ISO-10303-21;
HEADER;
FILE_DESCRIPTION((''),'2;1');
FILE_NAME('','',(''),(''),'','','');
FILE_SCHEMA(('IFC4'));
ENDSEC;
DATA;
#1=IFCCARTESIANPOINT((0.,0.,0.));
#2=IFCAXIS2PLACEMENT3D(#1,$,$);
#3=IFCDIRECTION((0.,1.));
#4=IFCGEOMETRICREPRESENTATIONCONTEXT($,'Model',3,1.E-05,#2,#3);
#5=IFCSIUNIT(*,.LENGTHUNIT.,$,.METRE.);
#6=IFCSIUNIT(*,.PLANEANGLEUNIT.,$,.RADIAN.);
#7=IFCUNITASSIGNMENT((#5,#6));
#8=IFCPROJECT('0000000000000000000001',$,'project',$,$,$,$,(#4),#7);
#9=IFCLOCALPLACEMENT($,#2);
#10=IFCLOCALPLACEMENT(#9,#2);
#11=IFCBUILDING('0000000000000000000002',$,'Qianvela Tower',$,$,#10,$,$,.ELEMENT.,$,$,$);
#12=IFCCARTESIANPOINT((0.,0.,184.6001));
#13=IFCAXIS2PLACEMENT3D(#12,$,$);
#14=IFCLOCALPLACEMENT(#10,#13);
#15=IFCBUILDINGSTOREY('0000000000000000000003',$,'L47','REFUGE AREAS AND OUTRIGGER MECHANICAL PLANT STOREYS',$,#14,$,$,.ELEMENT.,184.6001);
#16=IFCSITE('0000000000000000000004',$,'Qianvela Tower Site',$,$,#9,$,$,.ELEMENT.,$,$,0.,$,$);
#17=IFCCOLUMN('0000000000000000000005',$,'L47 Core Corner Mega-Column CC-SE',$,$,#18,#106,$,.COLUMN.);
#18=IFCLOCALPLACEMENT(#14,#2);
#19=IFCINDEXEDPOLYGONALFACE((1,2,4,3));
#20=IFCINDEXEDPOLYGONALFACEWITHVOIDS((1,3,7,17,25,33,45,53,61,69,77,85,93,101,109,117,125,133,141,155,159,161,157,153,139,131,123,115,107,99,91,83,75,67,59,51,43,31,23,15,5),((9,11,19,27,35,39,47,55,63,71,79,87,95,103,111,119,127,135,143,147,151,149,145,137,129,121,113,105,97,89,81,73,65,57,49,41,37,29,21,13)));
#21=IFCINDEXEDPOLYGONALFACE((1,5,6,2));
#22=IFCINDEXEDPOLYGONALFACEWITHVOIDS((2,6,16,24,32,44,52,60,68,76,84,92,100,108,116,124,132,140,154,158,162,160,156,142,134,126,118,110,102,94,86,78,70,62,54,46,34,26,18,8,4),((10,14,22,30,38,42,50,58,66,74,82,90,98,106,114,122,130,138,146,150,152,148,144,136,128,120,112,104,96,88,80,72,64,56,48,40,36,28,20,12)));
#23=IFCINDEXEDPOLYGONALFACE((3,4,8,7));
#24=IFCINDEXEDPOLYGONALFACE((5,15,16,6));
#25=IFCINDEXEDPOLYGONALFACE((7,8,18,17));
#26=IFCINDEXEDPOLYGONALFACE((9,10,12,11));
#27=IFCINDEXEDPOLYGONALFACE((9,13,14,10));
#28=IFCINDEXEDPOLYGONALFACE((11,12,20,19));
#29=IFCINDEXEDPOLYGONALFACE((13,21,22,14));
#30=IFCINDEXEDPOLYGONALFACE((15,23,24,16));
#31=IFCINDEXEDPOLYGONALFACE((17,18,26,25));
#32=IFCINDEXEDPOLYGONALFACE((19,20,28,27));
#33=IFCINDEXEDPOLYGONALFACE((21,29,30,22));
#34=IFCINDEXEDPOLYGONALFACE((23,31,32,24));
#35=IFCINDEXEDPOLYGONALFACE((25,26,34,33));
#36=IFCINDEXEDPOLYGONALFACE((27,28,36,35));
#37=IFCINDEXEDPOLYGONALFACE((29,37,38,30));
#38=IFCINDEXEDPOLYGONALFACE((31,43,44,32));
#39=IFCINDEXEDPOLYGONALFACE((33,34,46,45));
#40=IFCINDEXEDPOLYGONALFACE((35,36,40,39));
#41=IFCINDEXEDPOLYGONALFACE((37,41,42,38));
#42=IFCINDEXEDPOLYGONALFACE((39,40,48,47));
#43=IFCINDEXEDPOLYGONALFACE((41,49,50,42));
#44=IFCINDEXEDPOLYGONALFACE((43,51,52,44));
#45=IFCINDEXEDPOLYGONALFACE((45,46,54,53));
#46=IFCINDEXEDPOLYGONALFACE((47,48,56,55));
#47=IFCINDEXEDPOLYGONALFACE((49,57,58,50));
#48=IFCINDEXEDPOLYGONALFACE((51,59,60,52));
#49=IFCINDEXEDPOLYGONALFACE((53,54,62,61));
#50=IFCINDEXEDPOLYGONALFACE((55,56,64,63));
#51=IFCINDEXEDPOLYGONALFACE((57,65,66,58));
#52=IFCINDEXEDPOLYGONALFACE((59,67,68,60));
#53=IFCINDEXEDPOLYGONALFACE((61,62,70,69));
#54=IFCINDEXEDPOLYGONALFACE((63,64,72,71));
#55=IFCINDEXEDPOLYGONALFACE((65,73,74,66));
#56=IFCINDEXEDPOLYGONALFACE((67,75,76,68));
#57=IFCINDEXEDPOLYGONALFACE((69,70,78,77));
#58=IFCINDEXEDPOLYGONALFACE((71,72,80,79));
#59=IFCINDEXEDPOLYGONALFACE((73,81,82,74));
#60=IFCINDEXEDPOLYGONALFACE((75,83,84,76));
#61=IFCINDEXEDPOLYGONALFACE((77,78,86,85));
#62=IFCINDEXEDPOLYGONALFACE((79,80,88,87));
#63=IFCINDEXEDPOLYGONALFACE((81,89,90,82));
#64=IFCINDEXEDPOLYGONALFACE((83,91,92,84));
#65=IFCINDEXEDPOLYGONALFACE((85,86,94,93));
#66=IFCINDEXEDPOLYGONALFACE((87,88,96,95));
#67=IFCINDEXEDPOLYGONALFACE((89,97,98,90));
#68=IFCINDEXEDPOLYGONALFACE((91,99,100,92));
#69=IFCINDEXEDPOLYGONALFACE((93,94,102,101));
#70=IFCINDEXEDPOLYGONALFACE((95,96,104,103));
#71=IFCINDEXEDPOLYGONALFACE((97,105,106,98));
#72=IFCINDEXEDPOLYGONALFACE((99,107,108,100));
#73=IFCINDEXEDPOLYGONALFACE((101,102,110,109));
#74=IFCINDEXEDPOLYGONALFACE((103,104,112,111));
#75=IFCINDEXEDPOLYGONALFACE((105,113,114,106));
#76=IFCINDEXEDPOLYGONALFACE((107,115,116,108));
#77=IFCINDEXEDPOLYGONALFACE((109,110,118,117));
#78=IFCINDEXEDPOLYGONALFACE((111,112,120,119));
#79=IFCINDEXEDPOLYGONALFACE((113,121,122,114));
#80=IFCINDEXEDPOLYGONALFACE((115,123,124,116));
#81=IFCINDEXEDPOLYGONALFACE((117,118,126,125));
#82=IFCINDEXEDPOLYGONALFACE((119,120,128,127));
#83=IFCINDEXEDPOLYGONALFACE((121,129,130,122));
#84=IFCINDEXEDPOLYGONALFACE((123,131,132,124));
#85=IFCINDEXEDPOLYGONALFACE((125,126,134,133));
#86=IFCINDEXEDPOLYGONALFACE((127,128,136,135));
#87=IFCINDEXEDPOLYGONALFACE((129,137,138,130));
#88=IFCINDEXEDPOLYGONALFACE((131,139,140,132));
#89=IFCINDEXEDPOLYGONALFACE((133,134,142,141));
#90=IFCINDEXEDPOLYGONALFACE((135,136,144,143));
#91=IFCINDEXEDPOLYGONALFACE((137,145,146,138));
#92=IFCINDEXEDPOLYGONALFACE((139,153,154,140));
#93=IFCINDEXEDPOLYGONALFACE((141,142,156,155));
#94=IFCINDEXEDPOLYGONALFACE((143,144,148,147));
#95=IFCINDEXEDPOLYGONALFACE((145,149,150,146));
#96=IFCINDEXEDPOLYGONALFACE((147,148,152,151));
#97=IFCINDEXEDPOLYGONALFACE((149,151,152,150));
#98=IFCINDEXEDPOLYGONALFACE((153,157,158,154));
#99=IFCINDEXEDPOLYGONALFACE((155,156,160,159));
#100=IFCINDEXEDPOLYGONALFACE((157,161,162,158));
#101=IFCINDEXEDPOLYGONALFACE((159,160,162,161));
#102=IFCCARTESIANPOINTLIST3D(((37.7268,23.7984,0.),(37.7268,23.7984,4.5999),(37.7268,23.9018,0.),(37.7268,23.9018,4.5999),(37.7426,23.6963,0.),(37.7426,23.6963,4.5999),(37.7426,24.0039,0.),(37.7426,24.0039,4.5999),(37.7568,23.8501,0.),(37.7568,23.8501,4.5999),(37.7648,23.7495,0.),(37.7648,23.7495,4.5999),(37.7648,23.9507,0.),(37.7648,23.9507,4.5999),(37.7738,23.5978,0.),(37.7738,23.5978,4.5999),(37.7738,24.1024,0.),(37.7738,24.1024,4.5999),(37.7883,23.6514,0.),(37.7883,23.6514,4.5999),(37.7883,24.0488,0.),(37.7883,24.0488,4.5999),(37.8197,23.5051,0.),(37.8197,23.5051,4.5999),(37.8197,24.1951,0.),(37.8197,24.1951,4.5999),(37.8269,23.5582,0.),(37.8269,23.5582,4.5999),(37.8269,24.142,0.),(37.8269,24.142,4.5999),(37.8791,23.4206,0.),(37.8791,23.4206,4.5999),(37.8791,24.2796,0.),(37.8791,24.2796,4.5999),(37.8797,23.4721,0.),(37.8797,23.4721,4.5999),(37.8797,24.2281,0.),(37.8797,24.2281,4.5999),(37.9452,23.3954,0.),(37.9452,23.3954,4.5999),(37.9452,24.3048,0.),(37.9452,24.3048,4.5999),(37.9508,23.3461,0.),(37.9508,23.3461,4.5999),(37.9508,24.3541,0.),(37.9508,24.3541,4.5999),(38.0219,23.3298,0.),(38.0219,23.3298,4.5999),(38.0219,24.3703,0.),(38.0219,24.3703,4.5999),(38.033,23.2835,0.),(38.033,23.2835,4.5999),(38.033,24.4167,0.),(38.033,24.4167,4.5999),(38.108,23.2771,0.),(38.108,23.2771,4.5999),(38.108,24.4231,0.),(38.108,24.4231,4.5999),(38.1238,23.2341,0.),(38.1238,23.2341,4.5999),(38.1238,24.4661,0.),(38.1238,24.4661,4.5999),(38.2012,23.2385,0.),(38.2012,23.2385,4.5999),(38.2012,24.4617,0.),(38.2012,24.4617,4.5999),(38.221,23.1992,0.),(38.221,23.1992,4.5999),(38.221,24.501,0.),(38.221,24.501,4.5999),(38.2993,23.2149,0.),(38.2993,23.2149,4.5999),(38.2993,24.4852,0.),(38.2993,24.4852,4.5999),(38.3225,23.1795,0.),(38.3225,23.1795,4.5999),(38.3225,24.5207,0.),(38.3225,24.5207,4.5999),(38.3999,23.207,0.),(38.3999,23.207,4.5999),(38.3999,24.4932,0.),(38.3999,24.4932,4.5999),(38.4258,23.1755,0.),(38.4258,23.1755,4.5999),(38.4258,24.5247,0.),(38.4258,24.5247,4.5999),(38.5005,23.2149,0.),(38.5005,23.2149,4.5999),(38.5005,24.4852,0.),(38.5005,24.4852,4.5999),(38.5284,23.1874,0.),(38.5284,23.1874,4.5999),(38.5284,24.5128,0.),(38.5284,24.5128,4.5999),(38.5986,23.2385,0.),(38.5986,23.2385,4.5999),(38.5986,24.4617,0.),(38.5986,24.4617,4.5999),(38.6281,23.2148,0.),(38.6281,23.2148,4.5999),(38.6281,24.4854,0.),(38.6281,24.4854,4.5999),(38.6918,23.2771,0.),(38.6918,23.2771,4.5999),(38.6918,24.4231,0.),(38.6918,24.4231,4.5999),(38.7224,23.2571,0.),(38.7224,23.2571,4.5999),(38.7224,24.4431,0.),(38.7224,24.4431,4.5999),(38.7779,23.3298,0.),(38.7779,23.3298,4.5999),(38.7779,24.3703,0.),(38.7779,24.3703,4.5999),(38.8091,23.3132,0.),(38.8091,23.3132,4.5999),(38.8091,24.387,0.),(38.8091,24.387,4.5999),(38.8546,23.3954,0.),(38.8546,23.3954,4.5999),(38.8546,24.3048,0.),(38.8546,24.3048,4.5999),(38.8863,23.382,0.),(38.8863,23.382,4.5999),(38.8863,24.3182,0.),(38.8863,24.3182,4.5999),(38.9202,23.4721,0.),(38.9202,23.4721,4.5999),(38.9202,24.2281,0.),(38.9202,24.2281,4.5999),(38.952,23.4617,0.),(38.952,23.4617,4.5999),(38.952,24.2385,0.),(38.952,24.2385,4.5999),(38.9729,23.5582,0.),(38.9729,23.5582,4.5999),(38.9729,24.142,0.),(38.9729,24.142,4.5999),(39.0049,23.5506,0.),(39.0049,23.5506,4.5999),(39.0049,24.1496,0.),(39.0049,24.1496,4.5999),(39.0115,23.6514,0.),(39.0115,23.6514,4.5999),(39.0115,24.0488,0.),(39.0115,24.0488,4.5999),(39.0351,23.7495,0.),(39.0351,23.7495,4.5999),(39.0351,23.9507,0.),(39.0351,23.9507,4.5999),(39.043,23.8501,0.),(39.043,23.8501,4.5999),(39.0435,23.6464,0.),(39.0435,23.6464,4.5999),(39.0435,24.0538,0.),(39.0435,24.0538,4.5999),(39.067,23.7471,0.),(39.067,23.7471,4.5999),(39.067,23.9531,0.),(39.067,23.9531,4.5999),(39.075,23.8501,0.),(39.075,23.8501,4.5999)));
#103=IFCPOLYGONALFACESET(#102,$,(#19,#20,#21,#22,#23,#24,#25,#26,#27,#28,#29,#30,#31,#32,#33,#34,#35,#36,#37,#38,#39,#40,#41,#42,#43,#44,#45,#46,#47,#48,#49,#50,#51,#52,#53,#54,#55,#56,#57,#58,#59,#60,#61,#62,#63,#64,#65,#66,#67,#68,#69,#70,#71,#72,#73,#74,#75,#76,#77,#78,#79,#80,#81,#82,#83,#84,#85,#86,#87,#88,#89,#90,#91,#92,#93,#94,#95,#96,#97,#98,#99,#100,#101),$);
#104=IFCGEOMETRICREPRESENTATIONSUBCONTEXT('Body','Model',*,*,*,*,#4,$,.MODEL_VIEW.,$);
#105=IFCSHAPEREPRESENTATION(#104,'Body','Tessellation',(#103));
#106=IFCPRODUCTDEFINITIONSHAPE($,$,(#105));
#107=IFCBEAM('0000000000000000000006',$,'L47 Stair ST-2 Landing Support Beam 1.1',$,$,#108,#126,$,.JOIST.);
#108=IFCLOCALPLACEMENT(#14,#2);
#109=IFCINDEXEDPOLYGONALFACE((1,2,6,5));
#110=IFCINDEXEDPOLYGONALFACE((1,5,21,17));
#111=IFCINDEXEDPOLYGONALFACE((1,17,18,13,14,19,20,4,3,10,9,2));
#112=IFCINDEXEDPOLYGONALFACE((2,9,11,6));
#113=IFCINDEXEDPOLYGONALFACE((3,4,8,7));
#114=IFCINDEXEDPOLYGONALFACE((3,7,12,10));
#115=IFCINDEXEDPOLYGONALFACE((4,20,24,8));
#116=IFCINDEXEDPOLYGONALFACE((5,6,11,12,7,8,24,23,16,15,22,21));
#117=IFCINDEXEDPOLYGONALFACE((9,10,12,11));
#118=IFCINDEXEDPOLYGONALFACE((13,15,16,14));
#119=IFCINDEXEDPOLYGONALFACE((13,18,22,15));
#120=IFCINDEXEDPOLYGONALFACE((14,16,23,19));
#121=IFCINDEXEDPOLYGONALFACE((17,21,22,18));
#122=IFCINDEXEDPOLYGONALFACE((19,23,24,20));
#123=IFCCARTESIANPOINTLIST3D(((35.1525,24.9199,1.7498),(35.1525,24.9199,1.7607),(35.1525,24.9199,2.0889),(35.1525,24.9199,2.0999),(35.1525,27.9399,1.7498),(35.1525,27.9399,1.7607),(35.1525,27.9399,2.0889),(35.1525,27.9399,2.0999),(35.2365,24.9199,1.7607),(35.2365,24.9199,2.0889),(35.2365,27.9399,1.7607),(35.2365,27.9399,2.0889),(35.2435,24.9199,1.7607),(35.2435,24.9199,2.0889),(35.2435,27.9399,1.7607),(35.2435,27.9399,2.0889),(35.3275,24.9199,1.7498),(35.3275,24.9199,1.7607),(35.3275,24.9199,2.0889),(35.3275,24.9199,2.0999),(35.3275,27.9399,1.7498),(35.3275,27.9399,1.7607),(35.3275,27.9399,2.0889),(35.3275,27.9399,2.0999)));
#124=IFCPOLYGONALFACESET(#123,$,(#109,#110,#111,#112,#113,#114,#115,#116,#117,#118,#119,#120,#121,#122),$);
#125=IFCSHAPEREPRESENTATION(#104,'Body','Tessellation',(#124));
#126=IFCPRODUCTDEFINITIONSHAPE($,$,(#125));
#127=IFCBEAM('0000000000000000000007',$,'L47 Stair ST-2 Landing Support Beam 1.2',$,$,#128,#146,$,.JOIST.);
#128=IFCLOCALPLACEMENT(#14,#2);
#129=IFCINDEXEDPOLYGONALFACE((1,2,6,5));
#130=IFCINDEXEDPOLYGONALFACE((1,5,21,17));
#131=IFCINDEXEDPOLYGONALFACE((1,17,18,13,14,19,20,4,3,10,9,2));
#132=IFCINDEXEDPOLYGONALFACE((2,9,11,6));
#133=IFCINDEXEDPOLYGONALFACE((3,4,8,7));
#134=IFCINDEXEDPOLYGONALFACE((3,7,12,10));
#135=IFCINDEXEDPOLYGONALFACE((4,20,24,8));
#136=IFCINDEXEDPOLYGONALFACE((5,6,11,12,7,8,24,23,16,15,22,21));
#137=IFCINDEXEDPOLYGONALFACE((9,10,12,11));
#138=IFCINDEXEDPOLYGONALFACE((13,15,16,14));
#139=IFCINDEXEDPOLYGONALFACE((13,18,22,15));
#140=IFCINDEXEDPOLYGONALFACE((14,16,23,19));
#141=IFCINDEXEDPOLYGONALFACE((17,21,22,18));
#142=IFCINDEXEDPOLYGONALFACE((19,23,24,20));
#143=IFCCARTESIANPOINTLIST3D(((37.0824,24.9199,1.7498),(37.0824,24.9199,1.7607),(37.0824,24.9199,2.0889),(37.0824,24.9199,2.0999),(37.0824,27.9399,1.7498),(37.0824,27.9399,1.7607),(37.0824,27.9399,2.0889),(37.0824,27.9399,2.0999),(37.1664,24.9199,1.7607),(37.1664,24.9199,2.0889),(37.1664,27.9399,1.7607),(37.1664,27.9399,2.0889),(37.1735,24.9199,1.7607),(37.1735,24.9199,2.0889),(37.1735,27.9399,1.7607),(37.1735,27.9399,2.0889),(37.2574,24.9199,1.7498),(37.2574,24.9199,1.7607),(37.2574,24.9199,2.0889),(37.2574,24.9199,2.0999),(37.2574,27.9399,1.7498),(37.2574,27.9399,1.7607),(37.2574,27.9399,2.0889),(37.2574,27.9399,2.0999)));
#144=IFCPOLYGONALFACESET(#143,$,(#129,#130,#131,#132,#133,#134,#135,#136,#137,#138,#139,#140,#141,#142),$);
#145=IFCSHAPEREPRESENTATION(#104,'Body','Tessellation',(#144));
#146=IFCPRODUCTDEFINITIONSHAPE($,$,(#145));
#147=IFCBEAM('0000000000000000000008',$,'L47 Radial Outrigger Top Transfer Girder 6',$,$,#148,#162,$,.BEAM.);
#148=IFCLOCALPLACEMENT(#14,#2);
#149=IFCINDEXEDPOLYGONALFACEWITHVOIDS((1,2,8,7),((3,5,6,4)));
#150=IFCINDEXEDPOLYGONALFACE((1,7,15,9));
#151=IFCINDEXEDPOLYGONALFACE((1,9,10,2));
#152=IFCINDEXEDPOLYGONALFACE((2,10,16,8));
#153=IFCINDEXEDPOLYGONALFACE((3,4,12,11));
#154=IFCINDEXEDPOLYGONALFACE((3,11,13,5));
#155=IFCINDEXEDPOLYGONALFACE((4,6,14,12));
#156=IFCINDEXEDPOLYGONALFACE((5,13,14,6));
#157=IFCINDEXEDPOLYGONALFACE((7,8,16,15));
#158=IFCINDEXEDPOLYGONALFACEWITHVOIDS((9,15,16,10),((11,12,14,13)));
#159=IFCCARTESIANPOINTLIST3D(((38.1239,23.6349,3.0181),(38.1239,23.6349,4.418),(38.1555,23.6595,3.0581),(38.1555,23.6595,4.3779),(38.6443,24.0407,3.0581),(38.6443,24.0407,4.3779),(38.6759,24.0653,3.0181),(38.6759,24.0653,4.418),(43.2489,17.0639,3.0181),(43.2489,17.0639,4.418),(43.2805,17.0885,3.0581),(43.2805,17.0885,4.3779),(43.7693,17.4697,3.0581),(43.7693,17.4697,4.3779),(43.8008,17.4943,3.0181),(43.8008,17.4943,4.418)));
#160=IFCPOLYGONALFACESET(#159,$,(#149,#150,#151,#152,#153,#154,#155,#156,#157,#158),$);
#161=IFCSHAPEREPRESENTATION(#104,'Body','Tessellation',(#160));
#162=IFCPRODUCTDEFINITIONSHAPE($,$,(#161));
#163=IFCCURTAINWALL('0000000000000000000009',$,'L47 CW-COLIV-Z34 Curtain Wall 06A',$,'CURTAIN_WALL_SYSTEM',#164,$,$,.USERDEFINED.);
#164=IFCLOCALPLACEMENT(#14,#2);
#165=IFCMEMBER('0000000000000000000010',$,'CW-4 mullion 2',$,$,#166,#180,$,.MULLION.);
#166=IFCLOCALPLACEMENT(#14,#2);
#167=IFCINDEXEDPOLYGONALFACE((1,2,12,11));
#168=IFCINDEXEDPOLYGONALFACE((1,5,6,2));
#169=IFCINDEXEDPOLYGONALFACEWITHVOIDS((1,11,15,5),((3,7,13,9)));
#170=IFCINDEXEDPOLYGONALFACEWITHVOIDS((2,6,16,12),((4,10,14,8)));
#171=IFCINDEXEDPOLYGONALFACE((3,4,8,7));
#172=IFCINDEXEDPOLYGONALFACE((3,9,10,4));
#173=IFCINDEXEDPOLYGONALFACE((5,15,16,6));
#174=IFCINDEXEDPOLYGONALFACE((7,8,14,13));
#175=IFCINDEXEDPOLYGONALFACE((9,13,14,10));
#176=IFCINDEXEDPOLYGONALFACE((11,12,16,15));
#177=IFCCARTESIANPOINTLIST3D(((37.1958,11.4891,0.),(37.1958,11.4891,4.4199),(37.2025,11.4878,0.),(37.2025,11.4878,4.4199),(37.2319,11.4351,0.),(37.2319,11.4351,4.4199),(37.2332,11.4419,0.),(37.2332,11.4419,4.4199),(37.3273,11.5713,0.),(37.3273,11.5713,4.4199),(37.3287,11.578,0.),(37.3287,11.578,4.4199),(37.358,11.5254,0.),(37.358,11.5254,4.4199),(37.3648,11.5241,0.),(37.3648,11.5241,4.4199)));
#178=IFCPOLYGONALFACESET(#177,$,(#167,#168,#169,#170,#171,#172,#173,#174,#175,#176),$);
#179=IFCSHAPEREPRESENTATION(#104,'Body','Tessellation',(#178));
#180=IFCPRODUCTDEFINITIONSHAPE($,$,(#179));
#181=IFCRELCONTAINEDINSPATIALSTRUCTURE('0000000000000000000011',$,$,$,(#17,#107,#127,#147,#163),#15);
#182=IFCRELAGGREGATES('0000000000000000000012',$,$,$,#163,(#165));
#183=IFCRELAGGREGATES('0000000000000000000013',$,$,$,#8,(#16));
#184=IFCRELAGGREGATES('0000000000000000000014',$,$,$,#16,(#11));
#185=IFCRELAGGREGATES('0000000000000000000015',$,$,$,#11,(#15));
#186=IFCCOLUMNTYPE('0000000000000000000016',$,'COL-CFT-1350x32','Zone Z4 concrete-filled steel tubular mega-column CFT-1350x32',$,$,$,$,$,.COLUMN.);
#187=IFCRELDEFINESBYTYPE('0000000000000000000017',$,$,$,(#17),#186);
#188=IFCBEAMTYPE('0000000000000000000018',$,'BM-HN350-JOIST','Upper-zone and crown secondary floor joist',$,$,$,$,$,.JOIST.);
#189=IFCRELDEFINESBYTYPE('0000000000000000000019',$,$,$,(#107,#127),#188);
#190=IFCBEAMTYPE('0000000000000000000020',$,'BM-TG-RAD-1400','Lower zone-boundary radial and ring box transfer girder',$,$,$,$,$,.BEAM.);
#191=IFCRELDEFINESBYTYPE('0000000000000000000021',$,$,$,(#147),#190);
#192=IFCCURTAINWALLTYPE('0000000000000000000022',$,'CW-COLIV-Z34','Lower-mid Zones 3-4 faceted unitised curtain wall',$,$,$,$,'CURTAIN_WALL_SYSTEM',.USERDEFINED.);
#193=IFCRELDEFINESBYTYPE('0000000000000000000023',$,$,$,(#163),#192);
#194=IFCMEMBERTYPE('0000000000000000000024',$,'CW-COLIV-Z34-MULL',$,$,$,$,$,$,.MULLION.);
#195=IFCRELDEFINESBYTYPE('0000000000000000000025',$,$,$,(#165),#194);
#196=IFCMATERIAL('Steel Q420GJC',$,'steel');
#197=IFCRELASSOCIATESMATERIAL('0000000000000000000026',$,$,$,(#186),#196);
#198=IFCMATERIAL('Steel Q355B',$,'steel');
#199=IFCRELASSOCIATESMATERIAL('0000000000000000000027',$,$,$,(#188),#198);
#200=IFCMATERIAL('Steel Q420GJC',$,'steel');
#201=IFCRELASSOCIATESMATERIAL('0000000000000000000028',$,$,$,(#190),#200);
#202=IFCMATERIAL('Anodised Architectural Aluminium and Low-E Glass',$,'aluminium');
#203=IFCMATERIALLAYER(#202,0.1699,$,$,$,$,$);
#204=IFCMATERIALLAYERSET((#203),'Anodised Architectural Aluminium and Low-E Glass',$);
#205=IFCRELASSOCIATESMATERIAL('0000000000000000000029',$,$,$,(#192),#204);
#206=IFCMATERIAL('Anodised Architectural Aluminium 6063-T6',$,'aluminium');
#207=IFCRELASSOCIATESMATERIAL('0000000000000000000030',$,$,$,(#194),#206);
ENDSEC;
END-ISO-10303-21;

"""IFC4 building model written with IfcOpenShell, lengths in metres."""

from ifc_helpers import new_model, si_unit, direction, frame, origin, origin_2d, place, context, subcontext, project, spatial, hollow_rectangle, hollow_circle, i_section, extrude, material, layer, layer_set, material_profile, profile_set, type_object, element, aggregate, save


model = new_model("IFC4")

# Units and contexts
model_context = context("Model", 3, precision=1e-05, world=origin(), true_north=direction((0.0, 1.0)))
body_context = subcontext(model_context, "Body", "Model", "MODEL_VIEW")
ifc_project = project(units=[si_unit("LENGTHUNIT", "METRE"), si_unit("PLANEANGLEUNIT", "RADIAN")], contexts=[model_context])

# Site, building, storey
site_placement = place(None, origin())
site = spatial("IfcSite", under=ifc_project, at=site_placement, Name="Qianvela Tower Site", CompositionType="ELEMENT", RefElevation=0.0)
building_placement = place(site_placement, origin())
building = spatial("IfcBuilding", under=site, at=building_placement, Name="Qianvela Tower", CompositionType="ELEMENT")
storey_placement = place(building_placement, frame((0.0, 0.0, 184.6001)))
storey = spatial("IfcBuildingStorey", under=building, at=storey_placement, Name="L47", Description="REFUGE AREAS AND OUTRIGGER MECHANICAL PLANT STOREYS", CompositionType="ELEMENT", Elevation=184.6001)

# Column
ifc_material_1 = material(Name="Steel Q420GJC", Category="steel")
ifc_material_profile_1 = material_profile(ifc_material_1, hollow_circle(Radius=0.675, WallThickness=0.032, at=origin_2d()), Name="CFT-1350x32")
ifc_profile_set_1 = profile_set([ifc_material_profile_1], Name="Steel Q420GJC")
column_type = type_object("IfcColumnType", Name="COL-CFT-1350x32", Description="Zone Z4 concrete-filled steel tubular mega-column CFT-1350x32", PredefinedType="COLUMN", material=ifc_profile_set_1)
column_placement = place(storey_placement, frame((38.3999, 23.8501, 0.0), z_axis=(0.0, 0.0, 1.0), x_axis=(1.0, 0.0, 0.0)))
element("IfcColumn", 1, at=column_placement, inside=storey, type_object=column_type, Name="L47 Core Corner Mega-Column CC-SE", PredefinedType="COLUMN", context=body_context, shape_type="SweptSolid", body=[
    extrude(hollow_circle(Radius=0.675, WallThickness=0.032, at=origin_2d()), origin(), (0.0, 0.0, 1.0), 4.5999),
])

# Beams
ifc_material_2 = material(Name="Steel Q355B", Category="steel")
ifc_material_profile_2 = material_profile(ifc_material_2, i_section(OverallWidth=0.175, OverallDepth=0.3501, WebThickness=0.0071, FlangeThickness=0.011, at=origin_2d()), Name="HN350x175x7x11")
ifc_profile_set_2 = profile_set([ifc_material_profile_2], Name="Steel Q355B")
beam_type_1 = type_object("IfcBeamType", Name="BM-HN350-JOIST", Description="Upper-zone and crown secondary floor joist", PredefinedType="JOIST", material=ifc_profile_set_2)
for number, where, z_axis, x_axis, name in (
    (2, (35.24, 24.9199, 1.9248), (0.0, 1.0, 0.0), (-1.0, 0.0, 0.0), "L47 Stair ST-2 Landing Support Beam 1.1"),
    (3, (37.1699, 24.9199, 1.9248), (0.0, 1.0, 0.0), (-1.0, 0.0, 0.0), "L47 Stair ST-2 Landing Support Beam 1.2"),
):
    element("IfcBeam", number, at=place(storey_placement, frame(where, z_axis=z_axis, x_axis=x_axis)), inside=storey, type_object=beam_type_1, Name=name, PredefinedType="JOIST", context=body_context, shape_type="SweptSolid", body=[
        extrude(i_section(OverallWidth=0.175, OverallDepth=0.3501, WebThickness=0.0071, FlangeThickness=0.011, at=origin_2d()), origin(), (0.0, 0.0, 1.0), 3.02),
    ])
ifc_material_3 = material(Name="Steel Q420GJC", Category="steel")
ifc_material_profile_3 = material_profile(ifc_material_3, hollow_rectangle(XDim=0.7, YDim=1.3999, WallThickness=0.04, at=origin_2d()), Name="TG-BOX-1400x700x40")
ifc_profile_set_3 = profile_set([ifc_material_profile_3], Name="Steel Q420GJC")
beam_type_2 = type_object("IfcBeamType", Name="BM-TG-RAD-1400", Description="Lower zone-boundary radial and ring box transfer girder", PredefinedType="BEAM", material=ifc_profile_set_3)
beam_placement = place(storey_placement, frame((38.3999, 23.8501, 3.718), z_axis=(0.615001, -0.788526, 0.0), x_axis=(0.788526, 0.615001, 0.0)))
element("IfcBeam", 4, at=beam_placement, inside=storey, type_object=beam_type_2, Name="L47 Radial Outrigger Top Transfer Girder 6", PredefinedType="BEAM", context=body_context, shape_type="SweptSolid", body=[
    extrude(hollow_rectangle(XDim=0.7, YDim=1.3999, WallThickness=0.04, at=origin_2d()), origin(), (0.0, 0.0, 1.0), 8.3333),
])

# Curtain wall, member
ifc_material_4 = material(Name="Anodised Architectural Aluminium and Low-E Glass", Category="aluminium")
ifc_layer_1 = layer(ifc_material_4, 0.1699)
ifc_layer_set_1 = layer_set([ifc_layer_1], Name="Anodised Architectural Aluminium and Low-E Glass")
curtain_wall_type = type_object("IfcCurtainWallType", Name="CW-COLIV-Z34", Description="Lower-mid Zones 3-4 faceted unitised curtain wall", ElementType="CURTAIN_WALL_SYSTEM", PredefinedType="USERDEFINED", material=ifc_layer_set_1)
curtain_wall_placement = place(storey_placement, origin())
curtain_wall = element("IfcCurtainWall", 5, at=curtain_wall_placement, inside=storey, type_object=curtain_wall_type, Name="L47 CW-COLIV-Z34 Curtain Wall 06A", ObjectType="CURTAIN_WALL_SYSTEM", PredefinedType="USERDEFINED")
ifc_material_5 = material(Name="Anodised Architectural Aluminium 6063-T6", Category="aluminium")
ifc_material_profile_4 = material_profile(ifc_material_5, hollow_rectangle(XDim=0.0649, YDim=0.1599, WallThickness=0.0049, at=origin_2d()), Name="ALU-MULL-65x160")
ifc_profile_set_4 = profile_set([ifc_material_profile_4], Name="Anodised Architectural Aluminium 6063-T6")
member_type_1 = type_object("IfcMemberType", Name="CW-COLIV-Z34-MULL", PredefinedType="MULLION", material=ifc_profile_set_4)
member_1_placement = place(storey_placement, frame((37.2803, 11.5066, 0.0), z_axis=(0.0, 0.0, 1.0), x_axis=(-0.556193, 0.831053, 0.0)))
member_1 = element("IfcMember", 6, at=member_1_placement, type_object=member_type_1, Name="CW-4 mullion 2", PredefinedType="MULLION", context=body_context, shape_type="SweptSolid", body=[
    extrude(hollow_rectangle(XDim=0.0649, YDim=0.1599, WallThickness=0.0049, at=origin_2d()), origin(), (0.0, 0.0, 1.0), 4.4199),
])

aggregate(curtain_wall, [member_1])

save(model, "model.ifc")
